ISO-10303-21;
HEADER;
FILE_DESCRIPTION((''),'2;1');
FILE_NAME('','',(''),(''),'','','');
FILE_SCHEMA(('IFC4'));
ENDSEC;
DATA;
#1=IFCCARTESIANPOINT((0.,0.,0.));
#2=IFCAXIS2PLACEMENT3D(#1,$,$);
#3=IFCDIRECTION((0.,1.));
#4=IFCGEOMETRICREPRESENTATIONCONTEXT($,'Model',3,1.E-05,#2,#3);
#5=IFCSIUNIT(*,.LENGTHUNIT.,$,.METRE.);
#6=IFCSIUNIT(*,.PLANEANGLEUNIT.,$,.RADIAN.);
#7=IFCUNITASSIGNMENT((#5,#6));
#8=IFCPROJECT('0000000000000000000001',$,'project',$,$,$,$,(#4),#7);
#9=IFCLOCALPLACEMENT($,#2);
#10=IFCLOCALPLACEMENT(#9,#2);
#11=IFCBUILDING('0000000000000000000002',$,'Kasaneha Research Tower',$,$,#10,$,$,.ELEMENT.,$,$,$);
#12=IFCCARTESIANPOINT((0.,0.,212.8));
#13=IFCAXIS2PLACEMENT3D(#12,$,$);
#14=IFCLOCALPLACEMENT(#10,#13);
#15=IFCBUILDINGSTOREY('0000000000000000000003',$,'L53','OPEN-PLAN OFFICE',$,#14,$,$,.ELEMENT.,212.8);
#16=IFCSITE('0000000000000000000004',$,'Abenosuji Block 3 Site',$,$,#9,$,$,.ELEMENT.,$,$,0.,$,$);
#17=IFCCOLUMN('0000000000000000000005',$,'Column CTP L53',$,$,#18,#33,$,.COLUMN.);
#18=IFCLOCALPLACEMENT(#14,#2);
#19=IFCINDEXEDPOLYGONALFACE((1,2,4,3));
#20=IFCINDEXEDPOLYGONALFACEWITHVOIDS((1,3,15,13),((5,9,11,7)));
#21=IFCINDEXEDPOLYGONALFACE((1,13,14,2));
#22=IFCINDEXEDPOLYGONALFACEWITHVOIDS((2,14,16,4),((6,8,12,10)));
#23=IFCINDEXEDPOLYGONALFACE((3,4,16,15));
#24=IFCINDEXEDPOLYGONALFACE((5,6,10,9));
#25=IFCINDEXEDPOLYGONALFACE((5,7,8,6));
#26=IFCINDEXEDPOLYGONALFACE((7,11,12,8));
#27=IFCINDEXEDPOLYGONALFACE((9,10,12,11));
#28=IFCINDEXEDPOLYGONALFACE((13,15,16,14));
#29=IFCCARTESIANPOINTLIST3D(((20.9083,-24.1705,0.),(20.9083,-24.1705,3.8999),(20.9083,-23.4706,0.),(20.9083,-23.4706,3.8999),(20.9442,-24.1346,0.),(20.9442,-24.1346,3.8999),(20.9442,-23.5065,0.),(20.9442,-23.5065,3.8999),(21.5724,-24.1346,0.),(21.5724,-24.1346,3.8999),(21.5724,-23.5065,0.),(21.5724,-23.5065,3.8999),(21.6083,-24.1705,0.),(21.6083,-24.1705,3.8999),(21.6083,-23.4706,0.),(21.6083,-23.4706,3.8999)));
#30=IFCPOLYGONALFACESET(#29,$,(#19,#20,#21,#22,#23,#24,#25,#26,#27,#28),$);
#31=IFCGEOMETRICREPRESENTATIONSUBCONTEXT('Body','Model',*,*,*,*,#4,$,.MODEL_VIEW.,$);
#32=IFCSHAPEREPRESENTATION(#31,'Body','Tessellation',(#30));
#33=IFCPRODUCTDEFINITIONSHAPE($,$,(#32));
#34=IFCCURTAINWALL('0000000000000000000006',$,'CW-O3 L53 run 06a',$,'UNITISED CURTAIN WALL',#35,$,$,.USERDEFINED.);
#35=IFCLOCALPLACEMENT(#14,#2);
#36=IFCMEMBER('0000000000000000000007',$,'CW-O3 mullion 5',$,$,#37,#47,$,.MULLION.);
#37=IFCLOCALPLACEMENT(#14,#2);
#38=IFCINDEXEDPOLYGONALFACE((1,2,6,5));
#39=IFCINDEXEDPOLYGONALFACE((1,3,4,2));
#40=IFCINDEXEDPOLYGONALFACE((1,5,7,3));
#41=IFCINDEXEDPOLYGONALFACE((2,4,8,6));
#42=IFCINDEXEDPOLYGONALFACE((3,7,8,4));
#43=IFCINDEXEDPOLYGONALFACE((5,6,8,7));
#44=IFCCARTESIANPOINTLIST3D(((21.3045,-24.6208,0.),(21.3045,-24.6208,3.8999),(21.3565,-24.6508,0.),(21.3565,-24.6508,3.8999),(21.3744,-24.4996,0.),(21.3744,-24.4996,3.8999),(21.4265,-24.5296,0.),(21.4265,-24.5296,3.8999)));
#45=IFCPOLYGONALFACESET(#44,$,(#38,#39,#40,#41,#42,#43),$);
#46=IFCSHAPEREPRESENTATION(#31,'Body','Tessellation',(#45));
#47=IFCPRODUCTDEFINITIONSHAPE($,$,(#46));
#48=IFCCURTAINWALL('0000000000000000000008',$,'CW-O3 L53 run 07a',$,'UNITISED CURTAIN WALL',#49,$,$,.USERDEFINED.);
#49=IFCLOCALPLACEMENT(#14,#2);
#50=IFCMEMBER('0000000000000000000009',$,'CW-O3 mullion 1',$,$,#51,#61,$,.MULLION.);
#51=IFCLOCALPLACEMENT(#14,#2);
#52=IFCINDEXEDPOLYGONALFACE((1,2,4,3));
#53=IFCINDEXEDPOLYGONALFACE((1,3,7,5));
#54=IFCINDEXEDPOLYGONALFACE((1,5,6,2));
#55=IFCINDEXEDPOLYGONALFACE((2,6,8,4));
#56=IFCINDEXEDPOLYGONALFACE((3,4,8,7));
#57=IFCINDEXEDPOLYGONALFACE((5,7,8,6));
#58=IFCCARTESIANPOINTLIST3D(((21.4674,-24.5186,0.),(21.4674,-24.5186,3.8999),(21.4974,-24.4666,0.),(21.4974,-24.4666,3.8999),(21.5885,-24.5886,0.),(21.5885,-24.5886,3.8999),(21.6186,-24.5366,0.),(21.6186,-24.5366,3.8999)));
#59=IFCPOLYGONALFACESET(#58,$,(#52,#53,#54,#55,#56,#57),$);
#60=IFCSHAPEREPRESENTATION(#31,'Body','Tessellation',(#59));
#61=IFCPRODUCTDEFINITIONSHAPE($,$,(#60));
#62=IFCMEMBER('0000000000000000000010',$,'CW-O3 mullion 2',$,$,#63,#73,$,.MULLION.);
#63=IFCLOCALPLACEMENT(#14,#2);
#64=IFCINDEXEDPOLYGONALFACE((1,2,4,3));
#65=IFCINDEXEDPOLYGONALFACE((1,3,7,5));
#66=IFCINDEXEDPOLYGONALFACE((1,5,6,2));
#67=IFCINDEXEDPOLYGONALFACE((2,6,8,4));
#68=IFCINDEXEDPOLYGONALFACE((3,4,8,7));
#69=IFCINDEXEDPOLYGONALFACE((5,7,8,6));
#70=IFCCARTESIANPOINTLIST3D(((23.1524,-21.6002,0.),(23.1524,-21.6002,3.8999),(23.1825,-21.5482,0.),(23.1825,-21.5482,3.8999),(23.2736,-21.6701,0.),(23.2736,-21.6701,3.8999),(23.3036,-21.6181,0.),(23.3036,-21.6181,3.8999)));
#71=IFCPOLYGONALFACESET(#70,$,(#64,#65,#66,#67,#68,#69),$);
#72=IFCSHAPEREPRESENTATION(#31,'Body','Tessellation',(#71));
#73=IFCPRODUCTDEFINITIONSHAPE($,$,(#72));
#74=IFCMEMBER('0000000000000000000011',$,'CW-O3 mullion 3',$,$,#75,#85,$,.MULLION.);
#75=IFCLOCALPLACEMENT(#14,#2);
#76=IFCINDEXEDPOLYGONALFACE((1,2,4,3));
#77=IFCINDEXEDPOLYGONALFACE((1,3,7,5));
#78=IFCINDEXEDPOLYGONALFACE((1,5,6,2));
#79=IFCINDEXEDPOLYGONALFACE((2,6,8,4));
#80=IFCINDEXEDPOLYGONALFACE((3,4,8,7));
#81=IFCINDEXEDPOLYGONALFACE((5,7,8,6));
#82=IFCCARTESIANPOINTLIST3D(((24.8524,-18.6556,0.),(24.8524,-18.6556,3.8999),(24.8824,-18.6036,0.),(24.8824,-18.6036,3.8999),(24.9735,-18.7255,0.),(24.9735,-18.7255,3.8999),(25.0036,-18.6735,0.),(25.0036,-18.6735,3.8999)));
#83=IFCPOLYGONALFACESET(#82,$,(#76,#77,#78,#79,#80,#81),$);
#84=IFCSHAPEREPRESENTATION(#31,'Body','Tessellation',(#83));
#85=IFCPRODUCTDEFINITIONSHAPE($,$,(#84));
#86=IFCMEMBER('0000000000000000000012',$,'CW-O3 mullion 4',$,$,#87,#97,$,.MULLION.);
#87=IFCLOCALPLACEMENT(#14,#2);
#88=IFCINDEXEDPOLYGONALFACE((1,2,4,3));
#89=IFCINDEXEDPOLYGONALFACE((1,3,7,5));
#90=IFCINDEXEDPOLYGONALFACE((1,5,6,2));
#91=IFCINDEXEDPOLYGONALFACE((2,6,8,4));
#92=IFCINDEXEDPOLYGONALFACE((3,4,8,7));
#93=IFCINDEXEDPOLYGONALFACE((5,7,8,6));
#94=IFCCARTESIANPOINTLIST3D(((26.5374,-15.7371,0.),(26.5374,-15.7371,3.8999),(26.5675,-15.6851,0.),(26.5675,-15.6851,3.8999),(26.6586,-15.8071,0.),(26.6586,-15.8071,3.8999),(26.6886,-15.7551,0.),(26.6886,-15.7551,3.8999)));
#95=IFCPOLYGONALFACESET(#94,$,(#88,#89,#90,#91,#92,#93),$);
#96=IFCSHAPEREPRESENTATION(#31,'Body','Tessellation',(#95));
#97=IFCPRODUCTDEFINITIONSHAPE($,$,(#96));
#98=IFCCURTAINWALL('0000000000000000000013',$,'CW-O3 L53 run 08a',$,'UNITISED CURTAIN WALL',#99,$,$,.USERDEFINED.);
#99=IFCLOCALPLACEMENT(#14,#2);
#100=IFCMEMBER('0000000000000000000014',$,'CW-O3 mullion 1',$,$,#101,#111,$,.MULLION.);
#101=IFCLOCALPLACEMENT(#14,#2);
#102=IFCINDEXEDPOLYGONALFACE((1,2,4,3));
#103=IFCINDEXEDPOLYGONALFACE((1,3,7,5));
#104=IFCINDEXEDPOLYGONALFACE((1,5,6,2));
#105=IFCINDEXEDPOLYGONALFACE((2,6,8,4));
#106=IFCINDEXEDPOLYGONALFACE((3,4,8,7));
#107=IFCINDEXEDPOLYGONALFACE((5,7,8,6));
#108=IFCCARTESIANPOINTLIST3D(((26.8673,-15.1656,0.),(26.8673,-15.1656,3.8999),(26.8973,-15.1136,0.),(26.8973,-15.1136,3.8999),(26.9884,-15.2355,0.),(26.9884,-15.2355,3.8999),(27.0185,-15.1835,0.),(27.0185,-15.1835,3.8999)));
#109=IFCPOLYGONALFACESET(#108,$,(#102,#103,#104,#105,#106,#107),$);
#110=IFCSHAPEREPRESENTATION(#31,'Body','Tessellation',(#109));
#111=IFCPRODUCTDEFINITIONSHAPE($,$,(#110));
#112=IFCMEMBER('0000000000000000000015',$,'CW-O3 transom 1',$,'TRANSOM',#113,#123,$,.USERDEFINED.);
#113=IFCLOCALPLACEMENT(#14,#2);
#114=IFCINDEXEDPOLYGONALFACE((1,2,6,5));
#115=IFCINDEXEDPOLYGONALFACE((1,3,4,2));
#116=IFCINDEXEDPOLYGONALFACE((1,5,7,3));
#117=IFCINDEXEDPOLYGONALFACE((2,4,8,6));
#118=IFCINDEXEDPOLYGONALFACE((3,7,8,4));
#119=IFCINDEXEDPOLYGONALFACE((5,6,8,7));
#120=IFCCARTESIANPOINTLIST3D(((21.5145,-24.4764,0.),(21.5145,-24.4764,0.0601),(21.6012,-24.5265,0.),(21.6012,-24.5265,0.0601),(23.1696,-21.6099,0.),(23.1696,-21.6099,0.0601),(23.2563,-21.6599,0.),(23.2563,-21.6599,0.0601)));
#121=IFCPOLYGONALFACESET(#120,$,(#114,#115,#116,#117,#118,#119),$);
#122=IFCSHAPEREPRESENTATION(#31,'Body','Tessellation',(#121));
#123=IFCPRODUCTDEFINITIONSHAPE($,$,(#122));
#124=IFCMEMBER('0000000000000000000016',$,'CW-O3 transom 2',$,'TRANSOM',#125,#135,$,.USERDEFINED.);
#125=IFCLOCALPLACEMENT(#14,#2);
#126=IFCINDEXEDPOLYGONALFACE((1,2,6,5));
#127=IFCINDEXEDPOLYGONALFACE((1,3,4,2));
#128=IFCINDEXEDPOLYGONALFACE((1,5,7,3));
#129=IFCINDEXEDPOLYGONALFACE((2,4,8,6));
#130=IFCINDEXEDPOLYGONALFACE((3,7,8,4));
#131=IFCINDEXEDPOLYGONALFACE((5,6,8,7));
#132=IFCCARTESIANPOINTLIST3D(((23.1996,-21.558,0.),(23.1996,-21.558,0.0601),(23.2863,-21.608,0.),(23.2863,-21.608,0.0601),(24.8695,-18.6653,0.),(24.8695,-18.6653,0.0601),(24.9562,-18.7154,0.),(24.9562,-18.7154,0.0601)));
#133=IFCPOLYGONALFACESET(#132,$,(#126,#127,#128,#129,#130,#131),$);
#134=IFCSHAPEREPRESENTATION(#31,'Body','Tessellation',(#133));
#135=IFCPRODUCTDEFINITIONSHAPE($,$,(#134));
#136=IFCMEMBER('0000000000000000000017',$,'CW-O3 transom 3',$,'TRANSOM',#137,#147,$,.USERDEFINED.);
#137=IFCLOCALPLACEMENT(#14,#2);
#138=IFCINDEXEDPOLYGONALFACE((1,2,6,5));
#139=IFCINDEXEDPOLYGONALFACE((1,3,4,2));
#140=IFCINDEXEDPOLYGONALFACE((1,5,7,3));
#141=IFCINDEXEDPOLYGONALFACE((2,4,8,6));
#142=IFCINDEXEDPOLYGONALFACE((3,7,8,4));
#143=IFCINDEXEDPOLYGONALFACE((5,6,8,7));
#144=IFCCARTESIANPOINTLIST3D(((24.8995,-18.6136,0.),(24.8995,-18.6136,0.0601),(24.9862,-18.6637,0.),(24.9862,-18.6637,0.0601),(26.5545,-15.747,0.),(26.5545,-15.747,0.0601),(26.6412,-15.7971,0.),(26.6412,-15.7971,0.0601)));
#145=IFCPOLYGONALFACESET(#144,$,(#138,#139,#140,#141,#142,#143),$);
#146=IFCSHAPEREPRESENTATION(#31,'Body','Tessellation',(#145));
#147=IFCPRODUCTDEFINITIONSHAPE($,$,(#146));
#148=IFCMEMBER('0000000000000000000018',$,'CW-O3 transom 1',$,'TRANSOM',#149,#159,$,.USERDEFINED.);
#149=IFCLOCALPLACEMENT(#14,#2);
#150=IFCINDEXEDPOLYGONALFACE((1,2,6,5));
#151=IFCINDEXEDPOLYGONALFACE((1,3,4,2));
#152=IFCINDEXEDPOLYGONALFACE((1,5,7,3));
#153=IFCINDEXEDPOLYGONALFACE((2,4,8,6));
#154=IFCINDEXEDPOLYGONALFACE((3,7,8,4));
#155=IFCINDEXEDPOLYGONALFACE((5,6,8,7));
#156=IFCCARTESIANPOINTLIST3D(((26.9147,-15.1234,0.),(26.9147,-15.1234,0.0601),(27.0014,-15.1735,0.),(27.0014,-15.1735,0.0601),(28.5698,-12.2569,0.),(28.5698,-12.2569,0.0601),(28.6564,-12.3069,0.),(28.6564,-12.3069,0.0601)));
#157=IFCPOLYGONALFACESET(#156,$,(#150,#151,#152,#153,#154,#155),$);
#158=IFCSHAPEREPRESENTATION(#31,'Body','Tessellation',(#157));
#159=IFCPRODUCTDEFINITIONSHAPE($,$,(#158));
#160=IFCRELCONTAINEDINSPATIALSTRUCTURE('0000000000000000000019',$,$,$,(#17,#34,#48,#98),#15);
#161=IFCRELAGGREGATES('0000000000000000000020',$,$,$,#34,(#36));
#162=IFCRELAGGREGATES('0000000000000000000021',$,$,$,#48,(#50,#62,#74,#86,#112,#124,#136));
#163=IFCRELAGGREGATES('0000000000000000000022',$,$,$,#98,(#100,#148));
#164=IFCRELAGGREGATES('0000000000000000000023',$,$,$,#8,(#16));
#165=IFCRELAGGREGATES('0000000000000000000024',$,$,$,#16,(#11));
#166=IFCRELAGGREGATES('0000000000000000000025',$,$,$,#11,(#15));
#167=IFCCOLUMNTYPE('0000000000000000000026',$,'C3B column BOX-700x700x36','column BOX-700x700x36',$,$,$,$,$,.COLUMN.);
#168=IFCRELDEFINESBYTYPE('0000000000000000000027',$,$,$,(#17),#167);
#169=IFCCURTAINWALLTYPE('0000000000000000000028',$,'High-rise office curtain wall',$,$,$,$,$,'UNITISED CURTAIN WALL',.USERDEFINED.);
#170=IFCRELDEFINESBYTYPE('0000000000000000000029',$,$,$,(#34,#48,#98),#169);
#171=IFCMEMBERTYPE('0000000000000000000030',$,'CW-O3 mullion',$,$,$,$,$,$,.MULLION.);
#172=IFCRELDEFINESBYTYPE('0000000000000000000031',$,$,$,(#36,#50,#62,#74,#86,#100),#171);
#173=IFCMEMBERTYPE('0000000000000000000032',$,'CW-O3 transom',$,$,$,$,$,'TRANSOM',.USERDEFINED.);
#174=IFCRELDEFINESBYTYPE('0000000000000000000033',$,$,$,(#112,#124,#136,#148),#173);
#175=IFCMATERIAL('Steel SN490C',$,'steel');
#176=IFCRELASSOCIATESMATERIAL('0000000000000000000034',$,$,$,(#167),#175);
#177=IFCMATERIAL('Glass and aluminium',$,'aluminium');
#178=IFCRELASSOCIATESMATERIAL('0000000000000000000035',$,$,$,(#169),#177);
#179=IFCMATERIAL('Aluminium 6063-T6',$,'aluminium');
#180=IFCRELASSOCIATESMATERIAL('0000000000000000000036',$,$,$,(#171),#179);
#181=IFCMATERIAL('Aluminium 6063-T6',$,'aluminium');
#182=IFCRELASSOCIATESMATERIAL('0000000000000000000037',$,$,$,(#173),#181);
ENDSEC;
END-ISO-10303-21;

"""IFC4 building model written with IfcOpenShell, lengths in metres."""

from ifc_helpers import new_model, si_unit, direction, frame, origin, origin_2d, place, context, subcontext, project, spatial, rectangle, hollow_rectangle, extrude, material, material_profile, profile_set, type_object, element, aggregate, save


model = new_model("IFC4")

# Units and contexts
model_context = context("Model", 3, precision=1e-05, world=origin(), true_north=direction((0.0, 1.0)))
body_context = subcontext(model_context, "Body", "Model", "MODEL_VIEW")
ifc_project = project(units=[si_unit("LENGTHUNIT", "METRE"), si_unit("PLANEANGLEUNIT", "RADIAN")], contexts=[model_context])

# Site, building, storey
site_placement = place(None, origin())
site = spatial("IfcSite", under=ifc_project, at=site_placement, Name="Abenosuji Block 3 Site", CompositionType="ELEMENT", RefElevation=0.0)
building_placement = place(site_placement, origin())
building = spatial("IfcBuilding", under=site, at=building_placement, Name="Kasaneha Research Tower", CompositionType="ELEMENT")
storey_placement = place(building_placement, frame((0.0, 0.0, 212.8)))
storey = spatial("IfcBuildingStorey", under=building, at=storey_placement, Name="L53", Description="OPEN-PLAN OFFICE", CompositionType="ELEMENT", Elevation=212.8)

# Column
ifc_material_1 = material(Name="Steel SN490C", Category="steel")
ifc_material_profile_1 = material_profile(ifc_material_1, hollow_rectangle(XDim=0.7, YDim=0.7, WallThickness=0.0359, at=origin_2d()), Name="BOX-700x700x36")
ifc_profile_set_1 = profile_set([ifc_material_profile_1], Name="Steel SN490C")
column_type = type_object("IfcColumnType", Name="C3B column BOX-700x700x36", Description="column BOX-700x700x36", PredefinedType="COLUMN", material=ifc_profile_set_1)
column_placement = place(storey_placement, frame((21.2583, -23.8206, 0.0), z_axis=(0.0, 0.0, 1.0), x_axis=(1.0, 0.0, 0.0)))
element("IfcColumn", 1, at=column_placement, inside=storey, type_object=column_type, Name="Column CTP L53", PredefinedType="COLUMN", context=body_context, shape_type="SweptSolid", body=[
    extrude(hollow_rectangle(XDim=0.7, YDim=0.7, WallThickness=0.0359, at=origin_2d()), origin(), (0.0, 0.0, 1.0), 3.8999),
])

# Curtain wall, member
ifc_material_2 = material(Name="Glass and aluminium", Category="aluminium")
curtain_wall_type = type_object("IfcCurtainWallType", Name="High-rise office curtain wall", ElementType="UNITISED CURTAIN WALL", PredefinedType="USERDEFINED", material=ifc_material_2)
curtain_wall_1_placement = place(storey_placement, origin())
curtain_wall_1 = element("IfcCurtainWall", 2, at=curtain_wall_1_placement, inside=storey, type_object=curtain_wall_type, Name="CW-O3 L53 run 06a", ObjectType="UNITISED CURTAIN WALL", PredefinedType="USERDEFINED")
ifc_material_3 = material(Name="Aluminium 6063-T6", Category="aluminium")
ifc_material_profile_2 = material_profile(ifc_material_3, rectangle(XDim=0.0601, YDim=0.1399, at=origin_2d()), Name="CW-O3 mullion 60x140")
ifc_profile_set_2 = profile_set([ifc_material_profile_2], Name="Aluminium 6063-T6")
member_type_1 = type_object("IfcMemberType", Name="CW-O3 mullion", PredefinedType="MULLION", material=ifc_profile_set_2)
member_1_placement = place(storey_placement, frame((21.3655, -24.5752, 0.0), z_axis=(0.0, 0.0, 1.0), x_axis=(0.866025, -0.5, 0.0)))
member_1 = element("IfcMember", 3, at=member_1_placement, type_object=member_type_1, Name="CW-O3 mullion 5", PredefinedType="MULLION", context=body_context, shape_type="SweptSolid", body=[
    extrude(rectangle(XDim=0.0601, YDim=0.1399, at=origin_2d()), origin(), (0.0, 0.0, 1.0), 3.8999),
])

# Curtain wall, members
curtain_wall_2_placement = place(storey_placement, origin())
curtain_wall_2 = element("IfcCurtainWall", 4, at=curtain_wall_2_placement, inside=storey, type_object=curtain_wall_type, Name="CW-O3 L53 run 07a", ObjectType="UNITISED CURTAIN WALL", PredefinedType="USERDEFINED")
member_2_placement = place(storey_placement, frame((21.543, -24.5276, 0.0), z_axis=(0.0, 0.0, 1.0), x_axis=(0.5, 0.866025, 0.0)))
member_2 = element("IfcMember", 5, at=member_2_placement, type_object=member_type_1, Name="CW-O3 mullion 1", PredefinedType="MULLION", context=body_context, shape_type="SweptSolid", body=[
    extrude(rectangle(XDim=0.0601, YDim=0.1399, at=origin_2d()), origin(), (0.0, 0.0, 1.0), 3.8999),
])
member_3_placement = place(storey_placement, frame((23.228, -21.6091, 0.0), z_axis=(0.0, 0.0, 1.0), x_axis=(0.5, 0.866025, 0.0)))
member_3 = element("IfcMember", 6, at=member_3_placement, type_object=member_type_1, Name="CW-O3 mullion 2", PredefinedType="MULLION", context=body_context, shape_type="SweptSolid", body=[
    extrude(rectangle(XDim=0.0601, YDim=0.1399, at=origin_2d()), origin(), (0.0, 0.0, 1.0), 3.8999),
])
member_4_placement = place(storey_placement, frame((24.928, -18.6646, 0.0), z_axis=(0.0, 0.0, 1.0), x_axis=(0.5, 0.866025, 0.0)))
member_4 = element("IfcMember", 7, at=member_4_placement, type_object=member_type_1, Name="CW-O3 mullion 3", PredefinedType="MULLION", context=body_context, shape_type="SweptSolid", body=[
    extrude(rectangle(XDim=0.0601, YDim=0.1399, at=origin_2d()), origin(), (0.0, 0.0, 1.0), 3.8999),
])
member_5_placement = place(storey_placement, frame((26.613, -15.7461, 0.0), z_axis=(0.0, 0.0, 1.0), x_axis=(0.5, 0.866025, 0.0)))
member_5 = element("IfcMember", 8, at=member_5_placement, type_object=member_type_1, Name="CW-O3 mullion 4", PredefinedType="MULLION", context=body_context, shape_type="SweptSolid", body=[
    extrude(rectangle(XDim=0.0601, YDim=0.1399, at=origin_2d()), origin(), (0.0, 0.0, 1.0), 3.8999),
])

# Curtain wall, member
curtain_wall_3_placement = place(storey_placement, origin())
curtain_wall_3 = element("IfcCurtainWall", 9, at=curtain_wall_3_placement, inside=storey, type_object=curtain_wall_type, Name="CW-O3 L53 run 08a", ObjectType="UNITISED CURTAIN WALL", PredefinedType="USERDEFINED")
member_6_placement = place(storey_placement, frame((26.9429, -15.1746, 0.0), z_axis=(0.0, 0.0, 1.0), x_axis=(0.5, 0.866025, 0.0)))
member_6 = element("IfcMember", 10, at=member_6_placement, type_object=member_type_1, Name="CW-O3 mullion 1", PredefinedType="MULLION", context=body_context, shape_type="SweptSolid", body=[
    extrude(rectangle(XDim=0.0601, YDim=0.1399, at=origin_2d()), origin(), (0.0, 0.0, 1.0), 3.8999),
])

# Members
ifc_material_4 = material(Name="Aluminium 6063-T6", Category="aluminium")
ifc_material_profile_3 = material_profile(ifc_material_4, rectangle(XDim=0.1001, YDim=0.0601, at=origin_2d()), Name="CW-O3 transom 100x60")
ifc_profile_set_3 = profile_set([ifc_material_profile_3], Name="Aluminium 6063-T6")
member_type_2 = type_object("IfcMemberType", Name="CW-O3 transom", ElementType="TRANSOM", PredefinedType="USERDEFINED", material=ifc_profile_set_3)
member_7_placement = place(storey_placement, frame((21.5579, -24.5015, 0.03), z_axis=(0.500018, 0.866015, 0.0), x_axis=(-0.866015, 0.500018, 0.0)))
member_7 = element("IfcMember", 11, at=member_7_placement, type_object=member_type_2, Name="CW-O3 transom 1", ObjectType="TRANSOM", PredefinedType="USERDEFINED", context=body_context, shape_type="SweptSolid", body=[
    extrude(rectangle(XDim=0.1001, YDim=0.0601, at=origin_2d()), origin(), (0.0, 0.0, 1.0), 3.3101),
])
member_8_placement = place(storey_placement, frame((23.2429, -21.583, 0.03), z_axis=(0.499976, 0.86604, 0.0), x_axis=(-0.86604, 0.499976, 0.0)))
member_8 = element("IfcMember", 12, at=member_8_placement, type_object=member_type_2, Name="CW-O3 transom 2", ObjectType="TRANSOM", PredefinedType="USERDEFINED", context=body_context, shape_type="SweptSolid", body=[
    extrude(rectangle(XDim=0.1001, YDim=0.0601, at=origin_2d()), origin(), (0.0, 0.0, 1.0), 3.3401),
])
member_9_placement = place(storey_placement, frame((24.9429, -18.6387, 0.03), z_axis=(0.499986, 0.866033, 0.0), x_axis=(-0.866033, 0.499986, 0.0)))
member_9 = element("IfcMember", 13, at=member_9_placement, type_object=member_type_2, Name="CW-O3 transom 3", ObjectType="TRANSOM", PredefinedType="USERDEFINED", context=body_context, shape_type="SweptSolid", body=[
    extrude(rectangle(XDim=0.1001, YDim=0.0601, at=origin_2d()), origin(), (0.0, 0.0, 1.0), 3.3101),
])
member_10_placement = place(storey_placement, frame((26.958, -15.1484, 0.03), z_axis=(0.500018, 0.866015, 0.0), x_axis=(-0.866015, 0.500018, 0.0)))
member_10 = element("IfcMember", 14, at=member_10_placement, type_object=member_type_2, Name="CW-O3 transom 1", ObjectType="TRANSOM", PredefinedType="USERDEFINED", context=body_context, shape_type="SweptSolid", body=[
    extrude(rectangle(XDim=0.1001, YDim=0.0601, at=origin_2d()), origin(), (0.0, 0.0, 1.0), 3.3101),
])

aggregate(curtain_wall_1, [member_1])
aggregate(curtain_wall_2, [member_2, member_3, member_4, member_5, member_7, member_8, member_9])
aggregate(curtain_wall_3, [member_6, member_10])

save(model, "model.ifc")
